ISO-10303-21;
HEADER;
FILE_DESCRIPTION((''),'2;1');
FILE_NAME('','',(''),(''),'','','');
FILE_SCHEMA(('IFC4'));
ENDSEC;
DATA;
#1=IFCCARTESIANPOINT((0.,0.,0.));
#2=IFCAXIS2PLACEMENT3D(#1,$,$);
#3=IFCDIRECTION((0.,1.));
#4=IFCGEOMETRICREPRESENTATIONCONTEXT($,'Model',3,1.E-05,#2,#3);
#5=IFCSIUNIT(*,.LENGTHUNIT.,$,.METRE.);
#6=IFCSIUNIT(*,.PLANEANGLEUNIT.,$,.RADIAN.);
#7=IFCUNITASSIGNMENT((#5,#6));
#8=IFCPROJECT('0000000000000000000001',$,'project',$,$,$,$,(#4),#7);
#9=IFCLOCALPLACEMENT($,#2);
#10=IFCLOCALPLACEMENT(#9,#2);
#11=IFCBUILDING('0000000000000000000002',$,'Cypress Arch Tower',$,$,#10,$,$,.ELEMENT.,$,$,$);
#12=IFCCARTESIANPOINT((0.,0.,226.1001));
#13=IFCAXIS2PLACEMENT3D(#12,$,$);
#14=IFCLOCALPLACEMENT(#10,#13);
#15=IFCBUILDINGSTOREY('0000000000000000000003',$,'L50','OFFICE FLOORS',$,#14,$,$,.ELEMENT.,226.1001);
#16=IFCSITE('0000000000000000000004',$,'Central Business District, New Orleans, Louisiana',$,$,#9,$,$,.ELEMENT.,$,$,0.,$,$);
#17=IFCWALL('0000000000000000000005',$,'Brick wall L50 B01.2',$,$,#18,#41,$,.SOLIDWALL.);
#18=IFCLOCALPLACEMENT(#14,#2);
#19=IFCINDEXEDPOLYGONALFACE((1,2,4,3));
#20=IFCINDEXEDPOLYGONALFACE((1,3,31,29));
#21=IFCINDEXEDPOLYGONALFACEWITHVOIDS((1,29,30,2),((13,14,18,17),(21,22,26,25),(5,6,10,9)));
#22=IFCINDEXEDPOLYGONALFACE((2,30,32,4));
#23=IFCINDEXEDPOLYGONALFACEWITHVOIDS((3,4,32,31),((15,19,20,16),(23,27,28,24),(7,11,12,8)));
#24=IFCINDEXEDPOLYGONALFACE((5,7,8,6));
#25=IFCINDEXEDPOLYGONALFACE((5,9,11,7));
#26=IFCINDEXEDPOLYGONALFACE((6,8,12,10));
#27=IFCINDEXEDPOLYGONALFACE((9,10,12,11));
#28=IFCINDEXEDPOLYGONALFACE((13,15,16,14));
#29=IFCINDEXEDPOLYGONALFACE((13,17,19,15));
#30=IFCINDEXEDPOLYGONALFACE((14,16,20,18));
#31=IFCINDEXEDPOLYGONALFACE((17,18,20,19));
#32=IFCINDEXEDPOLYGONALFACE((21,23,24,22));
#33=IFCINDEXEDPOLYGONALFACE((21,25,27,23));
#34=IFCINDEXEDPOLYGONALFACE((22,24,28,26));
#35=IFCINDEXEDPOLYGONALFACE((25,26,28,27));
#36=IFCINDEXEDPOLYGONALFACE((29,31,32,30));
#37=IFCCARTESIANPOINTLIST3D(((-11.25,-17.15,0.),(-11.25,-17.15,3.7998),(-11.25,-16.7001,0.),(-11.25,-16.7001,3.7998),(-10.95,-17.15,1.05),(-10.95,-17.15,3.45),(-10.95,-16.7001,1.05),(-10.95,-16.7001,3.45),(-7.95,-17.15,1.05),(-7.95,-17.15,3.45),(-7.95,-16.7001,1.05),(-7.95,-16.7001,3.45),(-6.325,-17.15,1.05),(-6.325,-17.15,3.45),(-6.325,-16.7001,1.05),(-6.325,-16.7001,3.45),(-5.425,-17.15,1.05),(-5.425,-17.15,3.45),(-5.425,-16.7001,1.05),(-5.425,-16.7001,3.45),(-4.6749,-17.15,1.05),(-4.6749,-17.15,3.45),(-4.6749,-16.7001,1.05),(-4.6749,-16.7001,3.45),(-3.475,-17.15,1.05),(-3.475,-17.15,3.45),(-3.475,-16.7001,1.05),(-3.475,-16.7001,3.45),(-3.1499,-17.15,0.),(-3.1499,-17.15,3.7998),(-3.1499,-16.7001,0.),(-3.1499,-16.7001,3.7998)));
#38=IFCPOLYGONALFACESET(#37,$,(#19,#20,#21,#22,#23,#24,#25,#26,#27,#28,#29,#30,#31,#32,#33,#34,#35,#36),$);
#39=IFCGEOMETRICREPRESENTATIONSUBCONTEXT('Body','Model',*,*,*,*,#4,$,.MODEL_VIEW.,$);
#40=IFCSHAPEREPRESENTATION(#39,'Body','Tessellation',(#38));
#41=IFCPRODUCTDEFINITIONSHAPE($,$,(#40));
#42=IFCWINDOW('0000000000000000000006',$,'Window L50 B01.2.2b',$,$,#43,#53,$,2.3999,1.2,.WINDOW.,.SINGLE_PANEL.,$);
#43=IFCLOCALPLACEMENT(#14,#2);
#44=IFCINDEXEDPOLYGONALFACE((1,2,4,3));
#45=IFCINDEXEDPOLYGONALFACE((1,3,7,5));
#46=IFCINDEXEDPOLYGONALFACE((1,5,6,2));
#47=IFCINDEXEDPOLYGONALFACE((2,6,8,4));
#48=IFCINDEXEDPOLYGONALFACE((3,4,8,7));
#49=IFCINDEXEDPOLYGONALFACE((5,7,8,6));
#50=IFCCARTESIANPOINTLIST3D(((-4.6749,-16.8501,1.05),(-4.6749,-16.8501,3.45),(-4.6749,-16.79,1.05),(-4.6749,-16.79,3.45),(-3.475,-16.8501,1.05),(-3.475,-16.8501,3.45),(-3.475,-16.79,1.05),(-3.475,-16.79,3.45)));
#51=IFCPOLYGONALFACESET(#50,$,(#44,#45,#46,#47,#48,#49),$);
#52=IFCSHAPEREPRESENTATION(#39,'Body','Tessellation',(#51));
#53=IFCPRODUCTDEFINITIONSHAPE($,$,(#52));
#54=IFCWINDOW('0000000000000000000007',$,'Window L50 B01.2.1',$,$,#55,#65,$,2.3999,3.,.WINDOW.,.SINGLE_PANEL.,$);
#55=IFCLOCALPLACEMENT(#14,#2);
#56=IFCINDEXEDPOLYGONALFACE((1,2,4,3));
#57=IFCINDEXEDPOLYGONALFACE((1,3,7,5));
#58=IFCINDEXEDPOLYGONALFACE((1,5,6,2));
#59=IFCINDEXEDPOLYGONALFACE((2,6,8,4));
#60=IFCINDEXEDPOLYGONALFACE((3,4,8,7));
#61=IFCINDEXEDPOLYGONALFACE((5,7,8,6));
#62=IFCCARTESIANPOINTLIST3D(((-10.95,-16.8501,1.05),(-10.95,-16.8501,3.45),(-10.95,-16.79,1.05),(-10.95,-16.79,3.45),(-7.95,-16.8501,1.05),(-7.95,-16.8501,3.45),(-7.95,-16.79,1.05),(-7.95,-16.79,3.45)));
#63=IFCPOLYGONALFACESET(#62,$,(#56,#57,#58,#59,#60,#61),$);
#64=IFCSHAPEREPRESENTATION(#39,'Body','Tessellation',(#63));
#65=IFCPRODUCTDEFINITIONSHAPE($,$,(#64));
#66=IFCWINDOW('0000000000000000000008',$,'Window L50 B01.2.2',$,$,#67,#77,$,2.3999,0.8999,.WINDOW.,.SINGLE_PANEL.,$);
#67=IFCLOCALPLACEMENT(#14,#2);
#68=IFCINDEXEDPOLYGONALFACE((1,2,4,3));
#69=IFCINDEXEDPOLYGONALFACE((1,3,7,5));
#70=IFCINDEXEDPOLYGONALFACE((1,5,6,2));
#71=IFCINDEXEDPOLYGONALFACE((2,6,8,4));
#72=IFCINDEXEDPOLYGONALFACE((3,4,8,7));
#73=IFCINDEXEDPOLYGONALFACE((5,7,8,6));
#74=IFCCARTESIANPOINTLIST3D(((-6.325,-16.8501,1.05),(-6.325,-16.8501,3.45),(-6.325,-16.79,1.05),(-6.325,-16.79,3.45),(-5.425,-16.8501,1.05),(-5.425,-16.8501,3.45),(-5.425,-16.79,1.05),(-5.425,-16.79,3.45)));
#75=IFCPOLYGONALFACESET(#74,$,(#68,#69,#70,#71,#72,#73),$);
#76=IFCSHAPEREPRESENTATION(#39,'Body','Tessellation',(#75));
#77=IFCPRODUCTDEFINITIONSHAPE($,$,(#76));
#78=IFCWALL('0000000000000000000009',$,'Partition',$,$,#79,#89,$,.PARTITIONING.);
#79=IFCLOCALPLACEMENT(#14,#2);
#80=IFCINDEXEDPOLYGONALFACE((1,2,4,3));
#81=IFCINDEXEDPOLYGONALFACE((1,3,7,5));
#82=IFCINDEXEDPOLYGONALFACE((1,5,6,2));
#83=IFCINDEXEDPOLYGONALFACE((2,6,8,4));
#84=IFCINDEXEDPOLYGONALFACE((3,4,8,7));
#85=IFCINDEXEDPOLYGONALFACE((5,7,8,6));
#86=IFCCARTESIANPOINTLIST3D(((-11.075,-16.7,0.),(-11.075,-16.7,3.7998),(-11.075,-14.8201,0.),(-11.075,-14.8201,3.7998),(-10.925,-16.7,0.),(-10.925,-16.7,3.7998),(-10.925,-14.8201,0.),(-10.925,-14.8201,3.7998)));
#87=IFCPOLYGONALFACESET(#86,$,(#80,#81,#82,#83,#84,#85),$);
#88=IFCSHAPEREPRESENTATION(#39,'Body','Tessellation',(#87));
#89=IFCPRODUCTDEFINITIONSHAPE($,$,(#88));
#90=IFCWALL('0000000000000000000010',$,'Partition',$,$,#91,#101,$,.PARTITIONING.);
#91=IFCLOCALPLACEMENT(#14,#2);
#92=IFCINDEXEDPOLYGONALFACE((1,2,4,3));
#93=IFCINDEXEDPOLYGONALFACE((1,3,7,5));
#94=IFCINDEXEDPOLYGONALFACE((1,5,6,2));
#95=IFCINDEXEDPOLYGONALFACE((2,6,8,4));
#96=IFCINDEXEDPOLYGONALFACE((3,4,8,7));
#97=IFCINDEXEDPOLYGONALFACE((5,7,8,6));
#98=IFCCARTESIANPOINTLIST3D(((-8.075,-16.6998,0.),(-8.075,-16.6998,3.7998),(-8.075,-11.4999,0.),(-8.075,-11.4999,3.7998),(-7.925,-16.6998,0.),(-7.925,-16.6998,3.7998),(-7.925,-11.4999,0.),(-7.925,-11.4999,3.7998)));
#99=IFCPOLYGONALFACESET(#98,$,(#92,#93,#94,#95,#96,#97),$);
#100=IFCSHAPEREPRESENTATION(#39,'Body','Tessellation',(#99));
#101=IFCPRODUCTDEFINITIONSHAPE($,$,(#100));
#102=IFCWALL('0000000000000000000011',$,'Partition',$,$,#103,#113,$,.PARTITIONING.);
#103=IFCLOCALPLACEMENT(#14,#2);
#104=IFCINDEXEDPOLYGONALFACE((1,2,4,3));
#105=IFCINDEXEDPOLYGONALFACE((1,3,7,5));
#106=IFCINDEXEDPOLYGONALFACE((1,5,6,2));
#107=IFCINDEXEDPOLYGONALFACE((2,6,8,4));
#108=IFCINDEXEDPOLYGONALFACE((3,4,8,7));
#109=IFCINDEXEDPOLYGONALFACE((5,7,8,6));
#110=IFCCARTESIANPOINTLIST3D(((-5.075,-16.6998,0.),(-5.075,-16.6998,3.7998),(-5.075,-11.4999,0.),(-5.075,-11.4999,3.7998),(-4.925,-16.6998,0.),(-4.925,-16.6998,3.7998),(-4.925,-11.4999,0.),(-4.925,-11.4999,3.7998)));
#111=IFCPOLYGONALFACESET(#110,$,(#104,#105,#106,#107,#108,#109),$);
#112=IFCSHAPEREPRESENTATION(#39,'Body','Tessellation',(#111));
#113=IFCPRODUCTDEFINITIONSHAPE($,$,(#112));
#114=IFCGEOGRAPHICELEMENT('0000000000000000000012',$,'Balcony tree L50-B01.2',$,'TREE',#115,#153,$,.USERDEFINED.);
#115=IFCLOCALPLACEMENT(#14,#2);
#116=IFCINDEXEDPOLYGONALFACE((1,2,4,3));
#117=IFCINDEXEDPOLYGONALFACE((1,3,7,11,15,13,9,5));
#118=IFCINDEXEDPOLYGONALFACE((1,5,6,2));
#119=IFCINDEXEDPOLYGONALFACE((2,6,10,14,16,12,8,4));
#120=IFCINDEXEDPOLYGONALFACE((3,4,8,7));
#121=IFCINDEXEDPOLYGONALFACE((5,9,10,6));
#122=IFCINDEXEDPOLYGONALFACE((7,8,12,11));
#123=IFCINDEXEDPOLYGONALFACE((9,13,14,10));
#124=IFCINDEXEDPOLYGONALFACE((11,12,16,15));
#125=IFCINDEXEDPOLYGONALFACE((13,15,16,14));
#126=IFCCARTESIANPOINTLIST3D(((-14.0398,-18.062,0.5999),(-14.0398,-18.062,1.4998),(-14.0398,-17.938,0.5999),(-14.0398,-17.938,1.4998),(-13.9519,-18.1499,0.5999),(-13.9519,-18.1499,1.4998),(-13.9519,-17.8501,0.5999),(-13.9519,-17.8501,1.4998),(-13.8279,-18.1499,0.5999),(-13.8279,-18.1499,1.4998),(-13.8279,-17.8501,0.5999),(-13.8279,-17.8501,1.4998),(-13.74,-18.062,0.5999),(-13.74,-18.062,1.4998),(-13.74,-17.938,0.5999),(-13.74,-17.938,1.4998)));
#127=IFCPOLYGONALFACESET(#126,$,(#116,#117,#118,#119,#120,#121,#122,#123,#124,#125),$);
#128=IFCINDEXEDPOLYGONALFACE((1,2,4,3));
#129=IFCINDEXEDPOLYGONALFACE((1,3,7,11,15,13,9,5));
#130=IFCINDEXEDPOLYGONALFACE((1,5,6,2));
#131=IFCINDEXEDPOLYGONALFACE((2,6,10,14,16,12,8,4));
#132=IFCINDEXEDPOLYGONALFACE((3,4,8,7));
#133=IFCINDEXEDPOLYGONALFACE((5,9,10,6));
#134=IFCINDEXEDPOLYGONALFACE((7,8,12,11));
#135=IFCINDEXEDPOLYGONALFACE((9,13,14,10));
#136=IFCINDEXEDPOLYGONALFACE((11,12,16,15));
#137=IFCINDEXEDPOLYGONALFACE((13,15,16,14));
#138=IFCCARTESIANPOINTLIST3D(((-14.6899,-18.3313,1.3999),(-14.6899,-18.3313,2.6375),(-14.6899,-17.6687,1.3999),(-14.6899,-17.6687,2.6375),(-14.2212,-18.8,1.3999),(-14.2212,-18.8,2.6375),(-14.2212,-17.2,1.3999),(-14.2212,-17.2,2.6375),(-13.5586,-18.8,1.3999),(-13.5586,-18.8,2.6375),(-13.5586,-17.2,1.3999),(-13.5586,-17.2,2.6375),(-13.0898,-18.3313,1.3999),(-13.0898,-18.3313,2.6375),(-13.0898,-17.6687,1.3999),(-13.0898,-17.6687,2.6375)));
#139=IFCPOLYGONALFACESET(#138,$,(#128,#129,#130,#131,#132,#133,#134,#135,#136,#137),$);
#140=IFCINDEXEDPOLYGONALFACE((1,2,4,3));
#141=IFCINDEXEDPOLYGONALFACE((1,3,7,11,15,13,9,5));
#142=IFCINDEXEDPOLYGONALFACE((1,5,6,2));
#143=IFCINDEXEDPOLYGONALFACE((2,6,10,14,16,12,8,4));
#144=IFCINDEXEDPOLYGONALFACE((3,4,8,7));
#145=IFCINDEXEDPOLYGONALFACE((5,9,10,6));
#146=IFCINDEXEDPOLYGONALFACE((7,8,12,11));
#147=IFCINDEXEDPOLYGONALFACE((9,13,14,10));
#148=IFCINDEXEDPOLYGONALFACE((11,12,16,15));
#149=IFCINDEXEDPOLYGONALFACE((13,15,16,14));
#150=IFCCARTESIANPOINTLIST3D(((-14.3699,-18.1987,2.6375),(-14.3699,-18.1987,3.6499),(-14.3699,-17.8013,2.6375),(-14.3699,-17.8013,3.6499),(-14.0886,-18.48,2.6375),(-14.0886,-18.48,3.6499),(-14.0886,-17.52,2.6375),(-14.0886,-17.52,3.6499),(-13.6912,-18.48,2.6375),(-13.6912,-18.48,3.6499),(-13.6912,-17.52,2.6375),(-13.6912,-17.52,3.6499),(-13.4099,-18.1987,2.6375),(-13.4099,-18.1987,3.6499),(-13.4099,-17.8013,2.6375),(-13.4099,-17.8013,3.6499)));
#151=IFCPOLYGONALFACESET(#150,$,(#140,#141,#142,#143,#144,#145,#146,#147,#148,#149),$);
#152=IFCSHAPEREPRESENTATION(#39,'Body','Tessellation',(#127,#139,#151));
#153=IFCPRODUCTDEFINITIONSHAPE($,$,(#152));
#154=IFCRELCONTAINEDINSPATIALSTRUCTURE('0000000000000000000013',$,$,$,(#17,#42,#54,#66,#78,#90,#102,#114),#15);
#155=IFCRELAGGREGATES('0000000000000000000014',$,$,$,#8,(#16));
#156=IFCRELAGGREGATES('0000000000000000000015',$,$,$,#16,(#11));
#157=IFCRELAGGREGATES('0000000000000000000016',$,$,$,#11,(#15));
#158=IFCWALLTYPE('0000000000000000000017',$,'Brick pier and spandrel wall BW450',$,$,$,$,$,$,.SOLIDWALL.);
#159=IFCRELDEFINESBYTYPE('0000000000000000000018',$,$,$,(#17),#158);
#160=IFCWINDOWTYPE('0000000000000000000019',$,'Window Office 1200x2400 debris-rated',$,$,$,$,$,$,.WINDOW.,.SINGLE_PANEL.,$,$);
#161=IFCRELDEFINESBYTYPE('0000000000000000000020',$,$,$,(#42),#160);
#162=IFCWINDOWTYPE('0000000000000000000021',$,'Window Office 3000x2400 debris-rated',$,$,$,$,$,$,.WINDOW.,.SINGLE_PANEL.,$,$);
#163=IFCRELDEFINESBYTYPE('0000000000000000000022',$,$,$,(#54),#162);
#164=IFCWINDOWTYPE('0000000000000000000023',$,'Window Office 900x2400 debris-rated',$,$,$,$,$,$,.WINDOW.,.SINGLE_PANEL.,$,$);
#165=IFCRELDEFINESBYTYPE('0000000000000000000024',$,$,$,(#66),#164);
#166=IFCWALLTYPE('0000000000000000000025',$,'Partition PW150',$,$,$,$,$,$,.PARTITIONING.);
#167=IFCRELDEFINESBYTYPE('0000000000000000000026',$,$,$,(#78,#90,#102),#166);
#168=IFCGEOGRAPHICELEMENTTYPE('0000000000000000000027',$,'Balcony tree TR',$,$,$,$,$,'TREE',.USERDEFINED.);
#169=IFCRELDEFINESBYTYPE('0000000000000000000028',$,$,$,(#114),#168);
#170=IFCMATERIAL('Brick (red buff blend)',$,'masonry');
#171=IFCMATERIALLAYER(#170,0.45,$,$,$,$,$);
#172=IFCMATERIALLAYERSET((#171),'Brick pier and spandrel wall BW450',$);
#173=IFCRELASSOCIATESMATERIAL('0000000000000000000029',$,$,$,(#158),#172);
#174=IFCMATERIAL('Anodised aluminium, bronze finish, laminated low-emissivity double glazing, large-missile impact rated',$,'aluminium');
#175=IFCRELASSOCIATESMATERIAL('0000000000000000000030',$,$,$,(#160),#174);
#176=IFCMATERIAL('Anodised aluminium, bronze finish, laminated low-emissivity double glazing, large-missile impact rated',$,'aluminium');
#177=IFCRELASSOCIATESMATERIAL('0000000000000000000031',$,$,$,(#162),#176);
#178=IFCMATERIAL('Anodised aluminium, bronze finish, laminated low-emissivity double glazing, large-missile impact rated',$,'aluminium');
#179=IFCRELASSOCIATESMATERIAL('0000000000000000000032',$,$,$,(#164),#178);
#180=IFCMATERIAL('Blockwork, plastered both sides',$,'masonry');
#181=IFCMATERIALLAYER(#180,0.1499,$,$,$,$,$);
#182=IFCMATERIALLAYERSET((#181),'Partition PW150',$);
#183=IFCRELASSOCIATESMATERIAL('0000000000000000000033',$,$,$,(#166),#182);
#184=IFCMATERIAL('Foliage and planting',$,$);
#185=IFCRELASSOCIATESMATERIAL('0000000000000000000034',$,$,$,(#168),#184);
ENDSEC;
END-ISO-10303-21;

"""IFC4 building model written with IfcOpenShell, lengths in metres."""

from ifc_helpers import new_model, si_unit, direction, frame, frame_2d, origin, place, context, subcontext, project, spatial, polyline, rectangle, outline, extrude, material, layer, layer_set, type_object, element, fill, save


model = new_model("IFC4")

# Units and contexts
model_context = context("Model", 3, precision=1e-05, world=origin(), true_north=direction((0.0, 1.0)))
body_context = subcontext(model_context, "Body", "Model", "MODEL_VIEW")
ifc_project = project(units=[si_unit("LENGTHUNIT", "METRE"), si_unit("PLANEANGLEUNIT", "RADIAN")], contexts=[model_context])

# Site, building, storey
site_placement = place(None, origin())
site = spatial("IfcSite", under=ifc_project, at=site_placement, Name="Central Business District, New Orleans, Louisiana", CompositionType="ELEMENT", RefElevation=0.0)
building_placement = place(site_placement, origin())
building = spatial("IfcBuilding", under=site, at=building_placement, Name="Cypress Arch Tower", CompositionType="ELEMENT")
storey_placement = place(building_placement, frame((0.0, 0.0, 226.1001)))
storey = spatial("IfcBuildingStorey", under=building, at=storey_placement, Name="L50", Description="OFFICE FLOORS", CompositionType="ELEMENT", Elevation=226.1001)

# Wall, openings, windows
ifc_material_1 = material(Name="Brick (red buff blend)", Category="masonry")
ifc_layer_1 = layer(ifc_material_1, 0.45)
ifc_layer_set_1 = layer_set([ifc_layer_1], Name="Brick pier and spandrel wall BW450")
wall_type_1 = type_object("IfcWallType", Name="Brick pier and spandrel wall BW450", PredefinedType="SOLIDWALL", material=ifc_layer_set_1)
wall_1_placement = place(storey_placement, frame((-11.25, -16.925, 0.0), z_axis=(0.0, 0.0, 1.0), x_axis=(1.0, 0.0, 0.0)))
wall_1 = element("IfcWall", 1, at=wall_1_placement, inside=storey, type_object=wall_type_1, Name="Brick wall L50 B01.2", PredefinedType="SOLIDWALL", context=body_context, shape_type="SweptSolid", body=[
    extrude(rectangle(XDim=8.1001, YDim=0.45, at=frame_2d((4.05, 0.0))), origin(), (0.0, 0.0, 1.0), 3.7998),
])
opening_1_placement = place(wall_1_placement, frame((0.3, 0.0, 1.05)))
opening_1 = element("IfcOpeningElement", 2, at=opening_1_placement, cuts=wall_1, PredefinedType="OPENING", context=body_context, shape_type="SweptSolid", body=[
    extrude(rectangle(XDim=3.0, YDim=2.3999, at=frame_2d((1.5, 1.2))), frame((0.0, 0.2349, 0.0), z_axis=(0.0, -1.0, 0.0), x_axis=(1.0, 0.0, 0.0)), (0.0, 0.0, 1.0), 0.47),
])
opening_2_placement = place(wall_1_placement, frame((4.925, 0.0, 1.05)))
opening_2 = element("IfcOpeningElement", 3, at=opening_2_placement, cuts=wall_1, PredefinedType="OPENING", context=body_context, shape_type="SweptSolid", body=[
    extrude(rectangle(XDim=0.8999, YDim=2.3999, at=frame_2d((0.45, 1.2))), frame((0.0, 0.2349, 0.0), z_axis=(0.0, -1.0, 0.0), x_axis=(1.0, 0.0, 0.0)), (0.0, 0.0, 1.0), 0.47),
])
opening_3_placement = place(wall_1_placement, frame((6.575, 0.0, 1.05)))
opening_3 = element("IfcOpeningElement", 4, at=opening_3_placement, cuts=wall_1, PredefinedType="OPENING", context=body_context, shape_type="SweptSolid", body=[
    extrude(rectangle(XDim=1.2, YDim=2.3999, at=frame_2d((0.6001, 1.2))), frame((0.0, 0.2349, 0.0), z_axis=(0.0, -1.0, 0.0), x_axis=(1.0, 0.0, 0.0)), (0.0, 0.0, 1.0), 0.47),
])
ifc_material_2 = material(Name="Anodised aluminium, bronze finish, laminated low-emissivity double glazing, large-missile impact rated", Category="aluminium")
window_type_1 = type_object("IfcWindowType", Name="Window Office 1200x2400 debris-rated", PartitioningType="SINGLE_PANEL", PredefinedType="WINDOW", material=ifc_material_2)
window_1_placement = place(opening_3_placement, origin())
window_1 = element("IfcWindow", 5, at=window_1_placement, inside=storey, type_object=window_type_1, Name="Window L50 B01.2.2b", OverallHeight=2.3999, OverallWidth=1.2, PartitioningType="SINGLE_PANEL", PredefinedType="WINDOW", context=body_context, shape_type="SweptSolid", body=[
    extrude(rectangle(XDim=1.2, YDim=2.3999, at=frame_2d((0.6001, 1.2))), frame((0.0, 0.135, 0.0), z_axis=(0.0, -1.0, 0.0), x_axis=(1.0, 0.0, 0.0)), (0.0, 0.0, 1.0), 0.0601),
])
fill(opening_3, window_1)
ifc_material_3 = material(Name="Anodised aluminium, bronze finish, laminated low-emissivity double glazing, large-missile impact rated", Category="aluminium")
window_type_2 = type_object("IfcWindowType", Name="Window Office 3000x2400 debris-rated", PartitioningType="SINGLE_PANEL", PredefinedType="WINDOW", material=ifc_material_3)
window_2_placement = place(opening_1_placement, origin())
window_2 = element("IfcWindow", 6, at=window_2_placement, inside=storey, type_object=window_type_2, Name="Window L50 B01.2.1", OverallHeight=2.3999, OverallWidth=3.0, PartitioningType="SINGLE_PANEL", PredefinedType="WINDOW", context=body_context, shape_type="SweptSolid", body=[
    extrude(rectangle(XDim=3.0, YDim=2.3999, at=frame_2d((1.5, 1.2))), frame((0.0, 0.135, 0.0), z_axis=(0.0, -1.0, 0.0), x_axis=(1.0, 0.0, 0.0)), (0.0, 0.0, 1.0), 0.0601),
])
fill(opening_1, window_2)
ifc_material_4 = material(Name="Anodised aluminium, bronze finish, laminated low-emissivity double glazing, large-missile impact rated", Category="aluminium")
window_type_3 = type_object("IfcWindowType", Name="Window Office 900x2400 debris-rated", PartitioningType="SINGLE_PANEL", PredefinedType="WINDOW", material=ifc_material_4)
window_3_placement = place(opening_2_placement, origin())
window_3 = element("IfcWindow", 7, at=window_3_placement, inside=storey, type_object=window_type_3, Name="Window L50 B01.2.2", OverallHeight=2.3999, OverallWidth=0.8999, PartitioningType="SINGLE_PANEL", PredefinedType="WINDOW", context=body_context, shape_type="SweptSolid", body=[
    extrude(rectangle(XDim=0.8999, YDim=2.3999, at=frame_2d((0.45, 1.2))), frame((0.0, 0.135, 0.0), z_axis=(0.0, -1.0, 0.0), x_axis=(1.0, 0.0, 0.0)), (0.0, 0.0, 1.0), 0.0601),
])
fill(opening_2, window_3)

# Walls
ifc_material_5 = material(Name="Blockwork, plastered both sides", Category="masonry")
ifc_layer_2 = layer(ifc_material_5, 0.1499)
ifc_layer_set_2 = layer_set([ifc_layer_2], Name="Partition PW150")
wall_type_2 = type_object("IfcWallType", Name="Partition PW150", PredefinedType="PARTITIONING", material=ifc_layer_set_2)
wall_2_placement = place(storey_placement, frame((-11.0, -16.7, 0.0), z_axis=(0.0, 0.0, 1.0), x_axis=(0.0, 1.0, 0.0)))
element("IfcWall", 8, at=wall_2_placement, inside=storey, type_object=wall_type_2, Name="Partition", PredefinedType="PARTITIONING", context=body_context, shape_type="SweptSolid", body=[
    extrude(rectangle(XDim=1.8799, YDim=0.1499, at=frame_2d((0.9399, 0.0))), origin(), (0.0, 0.0, 1.0), 3.7998),
])
for number, where, z_axis, x_axis, name in (
    (9, (-8.0, -16.7, 0.0), (0.0, 0.0, 1.0), (0.0, 1.0, 0.0), "Partition"),
    (10, (-5.0, -16.7, 0.0), (0.0, 0.0, 1.0), (0.0, 1.0, 0.0), "Partition"),
):
    element("IfcWall", number, at=place(storey_placement, frame(where, z_axis=z_axis, x_axis=x_axis)), inside=storey, type_object=wall_type_2, Name=name, PredefinedType="PARTITIONING", context=body_context, shape_type="SweptSolid", body=[
        extrude(rectangle(XDim=5.2, YDim=0.1499, at=frame_2d((2.6001, 0.0))), origin(), (0.0, 0.0, 1.0), 3.7998),
    ])

# Geographic element
ifc_material_6 = material(Name="Foliage and planting")
geographic_element_type = type_object("IfcGeographicElementType", Name="Balcony tree TR", ElementType="TREE", PredefinedType="USERDEFINED", material=ifc_material_6)
for number, where, z_axis, x_axis, name in (
    (11, (-13.8899, -18.0, 0.5999), (0.0, 0.0, 1.0), (1.0, 0.0, 0.0), "Balcony tree L50-B01.2"),
):
    element("IfcGeographicElement", number, at=place(storey_placement, frame(where, z_axis=z_axis, x_axis=x_axis)), inside=storey, type_object=geographic_element_type, Name=name, ObjectType="TREE", PredefinedType="USERDEFINED", context=body_context, shape_type="SweptSolid", body=[
        extrude(outline(polyline([(0.1499, 0.062), (0.062, 0.1499), (-0.062, 0.1499), (-0.1499, 0.062), (-0.1499, -0.062), (-0.062, -0.1499), (0.062, -0.1499), (0.1499, -0.062), (0.1499, 0.062)])), origin(), (0.0, 0.0, 1.0), 0.8999),
        extrude(outline(polyline([(0.8, 0.3313), (0.3313, 0.8), (-0.3313, 0.8), (-0.8, 0.3313), (-0.8, -0.3313), (-0.3313, -0.8), (0.3313, -0.8), (0.8, -0.3313), (0.8, 0.3313)])), frame((0.0, 0.0, 0.8)), (0.0, 0.0, 1.0), 1.2375),
        extrude(outline(polyline([(0.48, 0.1987), (0.1987, 0.48), (-0.1987, 0.48), (-0.48, 0.1987), (-0.48, -0.1987), (-0.1987, -0.48), (0.1987, -0.48), (0.48, -0.1987), (0.48, 0.1987)])), frame((0.0, 0.0, 2.0376)), (0.0, 0.0, 1.0), 1.0125),
    ])

save(model, "model.ifc")
